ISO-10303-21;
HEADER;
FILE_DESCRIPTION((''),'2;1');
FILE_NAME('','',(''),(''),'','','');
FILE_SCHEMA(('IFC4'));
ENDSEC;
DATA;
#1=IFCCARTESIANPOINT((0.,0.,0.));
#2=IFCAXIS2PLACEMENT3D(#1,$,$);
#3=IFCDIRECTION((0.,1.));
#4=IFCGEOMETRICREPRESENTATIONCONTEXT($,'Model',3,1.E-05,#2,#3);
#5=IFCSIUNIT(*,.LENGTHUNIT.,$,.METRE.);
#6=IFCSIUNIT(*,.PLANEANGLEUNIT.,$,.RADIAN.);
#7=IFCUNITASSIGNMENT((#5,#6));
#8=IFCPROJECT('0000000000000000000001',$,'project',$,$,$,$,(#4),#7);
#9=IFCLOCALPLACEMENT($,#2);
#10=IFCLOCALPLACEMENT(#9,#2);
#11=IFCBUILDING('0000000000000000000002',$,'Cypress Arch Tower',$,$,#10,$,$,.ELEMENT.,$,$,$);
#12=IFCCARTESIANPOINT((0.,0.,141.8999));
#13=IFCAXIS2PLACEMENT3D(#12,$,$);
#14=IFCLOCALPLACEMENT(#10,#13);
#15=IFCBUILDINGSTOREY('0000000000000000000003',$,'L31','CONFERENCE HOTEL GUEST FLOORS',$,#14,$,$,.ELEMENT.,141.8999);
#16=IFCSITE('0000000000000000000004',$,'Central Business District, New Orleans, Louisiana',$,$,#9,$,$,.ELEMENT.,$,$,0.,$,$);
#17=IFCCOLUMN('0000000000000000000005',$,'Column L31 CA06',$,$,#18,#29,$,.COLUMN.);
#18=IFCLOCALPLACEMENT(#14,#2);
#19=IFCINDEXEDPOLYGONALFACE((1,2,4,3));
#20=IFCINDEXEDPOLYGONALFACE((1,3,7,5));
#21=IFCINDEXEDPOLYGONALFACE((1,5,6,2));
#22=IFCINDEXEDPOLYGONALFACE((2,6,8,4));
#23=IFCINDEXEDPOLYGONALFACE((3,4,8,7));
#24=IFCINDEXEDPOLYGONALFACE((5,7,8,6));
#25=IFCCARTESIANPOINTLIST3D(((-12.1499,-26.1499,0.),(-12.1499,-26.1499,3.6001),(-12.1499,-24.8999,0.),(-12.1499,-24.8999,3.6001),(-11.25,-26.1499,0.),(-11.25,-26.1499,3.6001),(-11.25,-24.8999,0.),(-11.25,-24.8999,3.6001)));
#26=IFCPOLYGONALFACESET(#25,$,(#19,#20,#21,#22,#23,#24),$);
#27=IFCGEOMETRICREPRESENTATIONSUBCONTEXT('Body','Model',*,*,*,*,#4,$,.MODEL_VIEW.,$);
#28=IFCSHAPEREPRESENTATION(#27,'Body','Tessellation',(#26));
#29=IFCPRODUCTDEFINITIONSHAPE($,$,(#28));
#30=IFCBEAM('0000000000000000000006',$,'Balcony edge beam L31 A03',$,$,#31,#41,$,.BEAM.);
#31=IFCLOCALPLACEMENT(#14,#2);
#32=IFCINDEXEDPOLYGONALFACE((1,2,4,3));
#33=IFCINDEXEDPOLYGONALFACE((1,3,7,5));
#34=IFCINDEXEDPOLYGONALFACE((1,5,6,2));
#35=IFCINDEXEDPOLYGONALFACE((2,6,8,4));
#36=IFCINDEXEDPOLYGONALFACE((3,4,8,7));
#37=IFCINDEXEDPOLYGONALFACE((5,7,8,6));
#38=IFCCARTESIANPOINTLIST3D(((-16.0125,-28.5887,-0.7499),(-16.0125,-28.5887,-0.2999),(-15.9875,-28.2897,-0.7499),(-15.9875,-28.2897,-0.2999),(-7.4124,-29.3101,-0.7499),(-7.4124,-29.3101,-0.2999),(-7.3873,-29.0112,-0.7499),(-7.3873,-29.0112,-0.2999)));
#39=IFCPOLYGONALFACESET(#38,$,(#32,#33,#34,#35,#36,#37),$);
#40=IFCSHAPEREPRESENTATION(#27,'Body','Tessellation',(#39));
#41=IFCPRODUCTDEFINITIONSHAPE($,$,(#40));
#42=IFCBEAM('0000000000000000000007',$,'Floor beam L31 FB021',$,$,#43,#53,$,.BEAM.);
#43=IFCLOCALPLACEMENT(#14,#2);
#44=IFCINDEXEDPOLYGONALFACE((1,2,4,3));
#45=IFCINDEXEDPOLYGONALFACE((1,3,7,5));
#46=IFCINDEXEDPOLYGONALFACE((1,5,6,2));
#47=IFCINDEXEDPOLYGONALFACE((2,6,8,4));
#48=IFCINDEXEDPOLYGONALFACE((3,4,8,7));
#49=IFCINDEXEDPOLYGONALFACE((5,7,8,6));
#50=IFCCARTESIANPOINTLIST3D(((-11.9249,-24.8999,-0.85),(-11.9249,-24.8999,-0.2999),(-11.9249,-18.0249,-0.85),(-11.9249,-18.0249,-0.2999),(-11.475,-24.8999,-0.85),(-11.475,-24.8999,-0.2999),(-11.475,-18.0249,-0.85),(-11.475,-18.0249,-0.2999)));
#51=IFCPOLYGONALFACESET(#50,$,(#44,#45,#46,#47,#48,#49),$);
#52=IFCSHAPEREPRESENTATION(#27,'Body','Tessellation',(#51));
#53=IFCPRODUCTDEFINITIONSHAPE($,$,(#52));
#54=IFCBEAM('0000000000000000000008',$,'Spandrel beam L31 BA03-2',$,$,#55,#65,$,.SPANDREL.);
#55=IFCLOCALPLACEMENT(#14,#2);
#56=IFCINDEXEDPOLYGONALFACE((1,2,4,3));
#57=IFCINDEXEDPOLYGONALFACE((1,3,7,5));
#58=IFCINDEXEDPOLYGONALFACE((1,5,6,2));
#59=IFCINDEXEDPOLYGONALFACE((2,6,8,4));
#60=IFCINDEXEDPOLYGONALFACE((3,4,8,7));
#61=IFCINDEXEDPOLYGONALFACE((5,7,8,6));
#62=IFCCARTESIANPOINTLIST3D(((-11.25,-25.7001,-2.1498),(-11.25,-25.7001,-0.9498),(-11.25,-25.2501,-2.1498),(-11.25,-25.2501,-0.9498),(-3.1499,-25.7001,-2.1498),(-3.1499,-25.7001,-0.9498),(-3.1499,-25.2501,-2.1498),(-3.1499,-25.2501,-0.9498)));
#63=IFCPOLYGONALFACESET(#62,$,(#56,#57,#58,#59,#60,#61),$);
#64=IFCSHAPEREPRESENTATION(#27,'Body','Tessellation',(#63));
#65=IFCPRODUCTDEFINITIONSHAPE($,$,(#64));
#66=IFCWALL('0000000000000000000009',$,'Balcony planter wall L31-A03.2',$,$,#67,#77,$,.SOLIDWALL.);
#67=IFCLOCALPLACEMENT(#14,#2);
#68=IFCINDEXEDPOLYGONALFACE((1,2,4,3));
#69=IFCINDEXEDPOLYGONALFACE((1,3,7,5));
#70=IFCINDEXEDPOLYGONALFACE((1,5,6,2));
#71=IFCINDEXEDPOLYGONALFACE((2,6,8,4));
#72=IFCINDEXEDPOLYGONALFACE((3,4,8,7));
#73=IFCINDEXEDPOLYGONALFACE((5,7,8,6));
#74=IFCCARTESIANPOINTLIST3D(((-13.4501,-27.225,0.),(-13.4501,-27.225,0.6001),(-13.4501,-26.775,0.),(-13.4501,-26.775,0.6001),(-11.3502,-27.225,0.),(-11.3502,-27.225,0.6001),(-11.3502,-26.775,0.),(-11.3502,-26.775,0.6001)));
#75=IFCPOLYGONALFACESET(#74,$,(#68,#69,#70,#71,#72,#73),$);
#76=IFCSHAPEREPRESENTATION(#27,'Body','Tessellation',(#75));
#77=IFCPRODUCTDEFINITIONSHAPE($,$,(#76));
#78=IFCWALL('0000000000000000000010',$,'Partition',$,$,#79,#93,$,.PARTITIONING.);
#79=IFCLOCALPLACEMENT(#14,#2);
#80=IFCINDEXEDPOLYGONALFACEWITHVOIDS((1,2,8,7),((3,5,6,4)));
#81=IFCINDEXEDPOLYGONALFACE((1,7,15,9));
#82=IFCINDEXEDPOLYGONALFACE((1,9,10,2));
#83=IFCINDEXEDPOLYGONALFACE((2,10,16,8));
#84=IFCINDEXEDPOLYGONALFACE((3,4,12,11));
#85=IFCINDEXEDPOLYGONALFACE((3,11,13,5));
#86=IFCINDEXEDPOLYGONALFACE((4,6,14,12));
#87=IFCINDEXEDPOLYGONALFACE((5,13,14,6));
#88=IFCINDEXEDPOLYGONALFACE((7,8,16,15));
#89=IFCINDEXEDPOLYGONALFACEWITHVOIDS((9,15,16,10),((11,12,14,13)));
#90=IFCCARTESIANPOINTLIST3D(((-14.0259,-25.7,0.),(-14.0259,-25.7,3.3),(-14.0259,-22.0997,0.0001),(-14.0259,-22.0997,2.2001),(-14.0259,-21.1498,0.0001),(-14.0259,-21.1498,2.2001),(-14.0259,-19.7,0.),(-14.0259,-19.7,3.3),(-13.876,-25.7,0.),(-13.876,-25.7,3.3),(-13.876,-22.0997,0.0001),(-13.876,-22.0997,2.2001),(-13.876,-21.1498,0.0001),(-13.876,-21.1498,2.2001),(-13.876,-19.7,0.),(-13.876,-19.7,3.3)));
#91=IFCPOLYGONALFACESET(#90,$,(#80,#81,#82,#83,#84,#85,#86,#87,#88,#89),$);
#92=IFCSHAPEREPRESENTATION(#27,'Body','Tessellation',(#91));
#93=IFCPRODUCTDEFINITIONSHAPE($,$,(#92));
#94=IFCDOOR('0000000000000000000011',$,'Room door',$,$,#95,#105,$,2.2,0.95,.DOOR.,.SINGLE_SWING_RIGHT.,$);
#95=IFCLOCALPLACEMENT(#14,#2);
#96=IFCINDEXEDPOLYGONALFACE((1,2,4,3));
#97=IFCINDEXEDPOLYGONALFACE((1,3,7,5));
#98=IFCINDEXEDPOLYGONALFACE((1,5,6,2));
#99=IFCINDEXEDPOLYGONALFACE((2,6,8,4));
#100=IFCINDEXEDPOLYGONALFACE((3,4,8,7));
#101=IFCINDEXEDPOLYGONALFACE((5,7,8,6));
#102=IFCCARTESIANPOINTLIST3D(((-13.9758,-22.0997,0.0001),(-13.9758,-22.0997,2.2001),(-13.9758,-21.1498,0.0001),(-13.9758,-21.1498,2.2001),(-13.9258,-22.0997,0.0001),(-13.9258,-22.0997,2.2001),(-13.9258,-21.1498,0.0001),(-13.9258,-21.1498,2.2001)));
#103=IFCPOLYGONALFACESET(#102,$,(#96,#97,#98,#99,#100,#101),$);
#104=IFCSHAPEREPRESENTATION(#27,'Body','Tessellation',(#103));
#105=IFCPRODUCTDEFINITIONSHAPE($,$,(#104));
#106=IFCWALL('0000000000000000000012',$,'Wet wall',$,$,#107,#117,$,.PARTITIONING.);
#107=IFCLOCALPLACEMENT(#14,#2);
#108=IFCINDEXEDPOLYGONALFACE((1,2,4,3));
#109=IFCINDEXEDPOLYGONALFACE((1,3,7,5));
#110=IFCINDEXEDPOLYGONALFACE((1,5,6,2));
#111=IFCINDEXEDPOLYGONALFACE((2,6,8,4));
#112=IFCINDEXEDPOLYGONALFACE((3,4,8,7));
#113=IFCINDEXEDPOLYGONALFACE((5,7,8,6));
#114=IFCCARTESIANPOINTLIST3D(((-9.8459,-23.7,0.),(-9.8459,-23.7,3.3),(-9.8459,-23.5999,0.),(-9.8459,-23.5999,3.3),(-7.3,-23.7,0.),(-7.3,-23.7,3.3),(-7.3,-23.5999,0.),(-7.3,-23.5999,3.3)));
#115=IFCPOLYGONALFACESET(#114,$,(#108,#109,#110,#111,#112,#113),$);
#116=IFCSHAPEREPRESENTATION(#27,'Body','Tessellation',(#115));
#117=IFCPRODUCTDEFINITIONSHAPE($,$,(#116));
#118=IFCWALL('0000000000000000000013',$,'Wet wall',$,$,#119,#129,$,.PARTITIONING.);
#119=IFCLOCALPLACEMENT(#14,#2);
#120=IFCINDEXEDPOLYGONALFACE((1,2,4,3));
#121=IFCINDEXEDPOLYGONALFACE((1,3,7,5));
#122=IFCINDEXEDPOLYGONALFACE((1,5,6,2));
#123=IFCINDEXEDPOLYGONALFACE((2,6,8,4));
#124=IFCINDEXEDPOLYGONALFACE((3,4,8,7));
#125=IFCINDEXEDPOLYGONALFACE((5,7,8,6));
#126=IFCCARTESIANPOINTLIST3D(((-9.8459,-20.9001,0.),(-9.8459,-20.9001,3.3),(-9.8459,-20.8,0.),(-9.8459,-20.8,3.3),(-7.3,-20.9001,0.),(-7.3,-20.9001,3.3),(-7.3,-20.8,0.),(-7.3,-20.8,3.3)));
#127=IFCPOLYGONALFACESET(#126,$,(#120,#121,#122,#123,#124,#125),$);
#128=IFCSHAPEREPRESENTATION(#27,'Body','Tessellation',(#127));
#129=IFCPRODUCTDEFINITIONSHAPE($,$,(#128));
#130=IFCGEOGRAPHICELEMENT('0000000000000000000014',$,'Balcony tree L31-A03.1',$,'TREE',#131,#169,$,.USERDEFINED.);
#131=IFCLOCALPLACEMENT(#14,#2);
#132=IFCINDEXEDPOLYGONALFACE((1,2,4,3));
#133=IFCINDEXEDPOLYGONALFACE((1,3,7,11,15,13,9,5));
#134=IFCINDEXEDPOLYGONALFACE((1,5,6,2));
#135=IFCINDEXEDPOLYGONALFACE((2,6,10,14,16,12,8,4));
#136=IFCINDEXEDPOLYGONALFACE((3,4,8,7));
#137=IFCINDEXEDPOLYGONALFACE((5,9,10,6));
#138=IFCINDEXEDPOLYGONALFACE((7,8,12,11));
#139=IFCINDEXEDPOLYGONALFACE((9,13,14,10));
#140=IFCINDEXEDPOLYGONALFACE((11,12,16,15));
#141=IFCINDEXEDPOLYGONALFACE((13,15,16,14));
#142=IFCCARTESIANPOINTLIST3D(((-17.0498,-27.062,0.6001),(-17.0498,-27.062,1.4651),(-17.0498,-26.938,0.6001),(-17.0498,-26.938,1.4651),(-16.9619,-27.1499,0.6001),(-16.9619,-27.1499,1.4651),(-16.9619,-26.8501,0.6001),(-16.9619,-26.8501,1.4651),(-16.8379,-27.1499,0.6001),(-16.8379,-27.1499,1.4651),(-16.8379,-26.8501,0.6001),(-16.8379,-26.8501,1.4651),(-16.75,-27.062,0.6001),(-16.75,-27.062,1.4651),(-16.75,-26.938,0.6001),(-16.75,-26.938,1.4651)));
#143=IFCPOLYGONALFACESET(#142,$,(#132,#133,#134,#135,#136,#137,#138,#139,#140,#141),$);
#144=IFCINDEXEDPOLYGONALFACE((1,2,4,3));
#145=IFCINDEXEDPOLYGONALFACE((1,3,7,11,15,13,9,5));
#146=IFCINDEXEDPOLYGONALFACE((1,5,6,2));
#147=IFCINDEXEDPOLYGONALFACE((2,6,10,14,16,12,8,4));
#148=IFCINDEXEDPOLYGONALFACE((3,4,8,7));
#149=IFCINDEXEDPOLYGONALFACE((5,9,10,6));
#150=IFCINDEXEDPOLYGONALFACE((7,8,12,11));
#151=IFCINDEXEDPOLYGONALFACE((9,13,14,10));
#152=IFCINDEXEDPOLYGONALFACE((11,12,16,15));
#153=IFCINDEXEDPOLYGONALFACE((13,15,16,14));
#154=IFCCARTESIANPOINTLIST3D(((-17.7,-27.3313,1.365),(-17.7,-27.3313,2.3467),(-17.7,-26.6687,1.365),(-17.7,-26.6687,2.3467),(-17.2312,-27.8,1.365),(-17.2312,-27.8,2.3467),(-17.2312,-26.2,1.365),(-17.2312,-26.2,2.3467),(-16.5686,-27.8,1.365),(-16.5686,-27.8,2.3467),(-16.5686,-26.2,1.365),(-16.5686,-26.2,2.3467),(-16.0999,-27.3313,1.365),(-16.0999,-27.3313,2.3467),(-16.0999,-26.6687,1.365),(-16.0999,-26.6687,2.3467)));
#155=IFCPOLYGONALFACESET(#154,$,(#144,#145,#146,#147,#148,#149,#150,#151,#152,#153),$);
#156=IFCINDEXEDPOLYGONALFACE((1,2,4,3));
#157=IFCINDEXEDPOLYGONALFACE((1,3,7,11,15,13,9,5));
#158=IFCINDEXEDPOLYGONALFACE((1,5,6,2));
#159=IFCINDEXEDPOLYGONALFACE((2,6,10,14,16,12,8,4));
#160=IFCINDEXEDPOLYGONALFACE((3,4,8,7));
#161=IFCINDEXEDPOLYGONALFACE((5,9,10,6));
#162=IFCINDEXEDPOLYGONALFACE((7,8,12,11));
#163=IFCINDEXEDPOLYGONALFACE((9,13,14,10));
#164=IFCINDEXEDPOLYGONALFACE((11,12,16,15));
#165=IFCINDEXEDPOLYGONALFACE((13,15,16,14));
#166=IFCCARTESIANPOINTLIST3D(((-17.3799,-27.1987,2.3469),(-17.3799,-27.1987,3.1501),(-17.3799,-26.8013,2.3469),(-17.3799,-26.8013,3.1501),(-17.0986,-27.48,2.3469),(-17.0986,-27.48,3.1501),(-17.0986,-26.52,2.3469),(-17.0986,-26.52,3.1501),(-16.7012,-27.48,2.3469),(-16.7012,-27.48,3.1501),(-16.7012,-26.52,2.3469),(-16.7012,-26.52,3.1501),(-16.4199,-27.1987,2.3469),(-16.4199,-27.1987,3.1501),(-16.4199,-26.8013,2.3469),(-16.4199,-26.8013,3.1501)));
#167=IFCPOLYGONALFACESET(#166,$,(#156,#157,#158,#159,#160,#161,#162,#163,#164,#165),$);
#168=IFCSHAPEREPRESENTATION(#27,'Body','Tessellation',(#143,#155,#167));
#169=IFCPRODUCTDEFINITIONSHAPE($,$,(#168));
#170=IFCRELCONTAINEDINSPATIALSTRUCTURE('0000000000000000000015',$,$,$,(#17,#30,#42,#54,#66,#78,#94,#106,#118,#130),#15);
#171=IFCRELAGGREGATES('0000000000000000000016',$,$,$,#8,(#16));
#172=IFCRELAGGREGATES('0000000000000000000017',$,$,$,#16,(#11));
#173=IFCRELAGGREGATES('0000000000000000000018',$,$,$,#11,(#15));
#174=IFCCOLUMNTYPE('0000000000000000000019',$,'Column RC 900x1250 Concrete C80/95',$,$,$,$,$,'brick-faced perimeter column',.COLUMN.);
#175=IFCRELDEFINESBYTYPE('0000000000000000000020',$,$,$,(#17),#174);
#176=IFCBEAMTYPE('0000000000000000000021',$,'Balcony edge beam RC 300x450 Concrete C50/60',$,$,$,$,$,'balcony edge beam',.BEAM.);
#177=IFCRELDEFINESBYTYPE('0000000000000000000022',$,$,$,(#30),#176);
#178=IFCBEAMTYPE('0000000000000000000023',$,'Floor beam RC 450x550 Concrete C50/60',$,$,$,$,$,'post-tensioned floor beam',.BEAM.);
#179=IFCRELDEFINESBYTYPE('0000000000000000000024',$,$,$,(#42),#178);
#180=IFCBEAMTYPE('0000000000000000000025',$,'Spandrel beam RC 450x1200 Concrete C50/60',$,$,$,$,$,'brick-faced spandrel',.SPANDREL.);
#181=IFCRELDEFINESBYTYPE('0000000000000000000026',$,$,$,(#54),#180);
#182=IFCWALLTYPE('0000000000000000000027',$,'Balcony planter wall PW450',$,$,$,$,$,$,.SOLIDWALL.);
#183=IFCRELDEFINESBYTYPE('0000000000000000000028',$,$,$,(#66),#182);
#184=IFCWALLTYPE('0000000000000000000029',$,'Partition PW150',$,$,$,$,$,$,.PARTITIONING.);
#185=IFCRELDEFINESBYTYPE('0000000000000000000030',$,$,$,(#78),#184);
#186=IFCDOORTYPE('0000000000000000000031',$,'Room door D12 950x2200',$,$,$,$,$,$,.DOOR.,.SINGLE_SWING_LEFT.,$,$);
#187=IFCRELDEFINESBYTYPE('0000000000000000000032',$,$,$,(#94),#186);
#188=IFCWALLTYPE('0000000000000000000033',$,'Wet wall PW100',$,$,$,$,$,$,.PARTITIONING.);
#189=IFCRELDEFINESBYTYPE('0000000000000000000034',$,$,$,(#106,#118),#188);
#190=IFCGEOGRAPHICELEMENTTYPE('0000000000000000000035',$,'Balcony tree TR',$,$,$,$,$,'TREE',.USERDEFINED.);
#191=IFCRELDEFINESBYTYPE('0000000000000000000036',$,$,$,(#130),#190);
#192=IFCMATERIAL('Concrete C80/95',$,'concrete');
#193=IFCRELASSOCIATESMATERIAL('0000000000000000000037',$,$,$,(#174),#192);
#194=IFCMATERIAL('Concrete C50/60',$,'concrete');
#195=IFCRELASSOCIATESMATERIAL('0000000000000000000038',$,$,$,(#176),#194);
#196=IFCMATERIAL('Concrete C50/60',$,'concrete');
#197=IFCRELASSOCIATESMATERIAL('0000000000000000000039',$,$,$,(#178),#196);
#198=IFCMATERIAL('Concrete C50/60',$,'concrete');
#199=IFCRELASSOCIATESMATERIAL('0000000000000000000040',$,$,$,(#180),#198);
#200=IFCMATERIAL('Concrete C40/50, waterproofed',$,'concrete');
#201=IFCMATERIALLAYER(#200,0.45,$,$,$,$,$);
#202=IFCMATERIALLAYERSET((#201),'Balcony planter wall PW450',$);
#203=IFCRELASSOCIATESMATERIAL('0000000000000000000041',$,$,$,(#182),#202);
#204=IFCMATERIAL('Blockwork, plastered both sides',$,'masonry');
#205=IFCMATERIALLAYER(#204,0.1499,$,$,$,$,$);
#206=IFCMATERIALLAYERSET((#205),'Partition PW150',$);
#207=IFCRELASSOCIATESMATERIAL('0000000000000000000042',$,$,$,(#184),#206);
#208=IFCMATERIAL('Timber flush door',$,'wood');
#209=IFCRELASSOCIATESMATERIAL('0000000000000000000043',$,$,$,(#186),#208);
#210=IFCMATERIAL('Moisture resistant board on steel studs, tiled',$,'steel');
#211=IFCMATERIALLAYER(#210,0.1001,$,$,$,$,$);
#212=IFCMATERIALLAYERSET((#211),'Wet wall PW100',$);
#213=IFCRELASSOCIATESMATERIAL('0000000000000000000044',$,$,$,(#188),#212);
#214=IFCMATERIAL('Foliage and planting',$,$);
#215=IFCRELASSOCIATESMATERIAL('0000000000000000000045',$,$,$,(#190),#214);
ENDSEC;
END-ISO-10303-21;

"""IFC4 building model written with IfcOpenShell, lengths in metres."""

from ifc_helpers import new_model, si_unit, direction, frame, frame_2d, origin, origin_2d, place, context, subcontext, project, spatial, polyline, rectangle, outline, extrude, material, layer, layer_set, material_profile, profile_set, type_object, element, fill, save


model = new_model("IFC4")

# Units and contexts
model_context = context("Model", 3, precision=1e-05, world=origin(), true_north=direction((0.0, 1.0)))
body_context = subcontext(model_context, "Body", "Model", "MODEL_VIEW")
ifc_project = project(units=[si_unit("LENGTHUNIT", "METRE"), si_unit("PLANEANGLEUNIT", "RADIAN")], contexts=[model_context])

# Site, building, storey
site_placement = place(None, origin())
site = spatial("IfcSite", under=ifc_project, at=site_placement, Name="Central Business District, New Orleans, Louisiana", CompositionType="ELEMENT", RefElevation=0.0)
building_placement = place(site_placement, origin())
building = spatial("IfcBuilding", under=site, at=building_placement, Name="Cypress Arch Tower", CompositionType="ELEMENT")
storey_placement = place(building_placement, frame((0.0, 0.0, 141.8999)))
storey = spatial("IfcBuildingStorey", under=building, at=storey_placement, Name="L31", Description="CONFERENCE HOTEL GUEST FLOORS", CompositionType="ELEMENT", Elevation=141.8999)

# Column
ifc_material_1 = material(Name="Concrete C80/95", Category="concrete")
ifc_material_profile_1 = material_profile(ifc_material_1, rectangle(XDim=0.8999, YDim=1.25, at=origin_2d()), Name="RC 900x1250")
ifc_profile_set_1 = profile_set([ifc_material_profile_1], Name="Concrete C80/95")
column_type = type_object("IfcColumnType", Name="Column RC 900x1250 Concrete C80/95", ElementType="brick-faced perimeter column", PredefinedType="COLUMN", material=ifc_profile_set_1)
column_placement = place(storey_placement, frame((-11.7, -25.5249, 0.0), z_axis=(0.0, 0.0, 1.0), x_axis=(1.0, 0.0, 0.0)))
element("IfcColumn", 1, at=column_placement, inside=storey, type_object=column_type, Name="Column L31 CA06", PredefinedType="COLUMN", context=body_context, shape_type="SweptSolid", body=[
    extrude(rectangle(XDim=0.8999, YDim=1.25, at=origin_2d()), origin(), (0.0, 0.0, 1.0), 3.6001),
])

# Beams
ifc_material_2 = material(Name="Concrete C50/60", Category="concrete")
ifc_material_profile_2 = material_profile(ifc_material_2, rectangle(XDim=0.3, YDim=0.45, at=origin_2d()), Name="RC 300x450")
ifc_profile_set_2 = profile_set([ifc_material_profile_2], Name="Concrete C50/60")
beam_type_1 = type_object("IfcBeamType", Name="Balcony edge beam RC 300x450 Concrete C50/60", ElementType="balcony edge beam", PredefinedType="BEAM", material=ifc_profile_set_2)
beam_1_placement = place(storey_placement, frame((-16.0, -28.4392, -0.5249), z_axis=(0.9965, -0.083593, 0.0), x_axis=(0.083593, 0.9965, 0.0)))
element("IfcBeam", 2, at=beam_1_placement, inside=storey, type_object=beam_type_1, Name="Balcony edge beam L31 A03", PredefinedType="BEAM", context=body_context, shape_type="SweptSolid", body=[
    extrude(rectangle(XDim=0.3, YDim=0.45, at=origin_2d()), origin(), (0.0, 0.0, 1.0), 8.6304),
])
ifc_material_3 = material(Name="Concrete C50/60", Category="concrete")
ifc_material_profile_3 = material_profile(ifc_material_3, rectangle(XDim=0.45, YDim=0.55, at=origin_2d()), Name="RC 450x550")
ifc_profile_set_3 = profile_set([ifc_material_profile_3], Name="Concrete C50/60")
beam_type_2 = type_object("IfcBeamType", Name="Floor beam RC 450x550 Concrete C50/60", ElementType="post-tensioned floor beam", PredefinedType="BEAM", material=ifc_profile_set_3)
beam_2_placement = place(storey_placement, frame((-11.7, -24.8999, -0.575), z_axis=(0.0, 1.0, 0.0), x_axis=(-1.0, 0.0, 0.0)))
element("IfcBeam", 3, at=beam_2_placement, inside=storey, type_object=beam_type_2, Name="Floor beam L31 FB021", PredefinedType="BEAM", context=body_context, shape_type="SweptSolid", body=[
    extrude(rectangle(XDim=0.45, YDim=0.55, at=origin_2d()), origin(), (0.0, 0.0, 1.0), 6.875),
])
ifc_material_4 = material(Name="Concrete C50/60", Category="concrete")
ifc_material_profile_4 = material_profile(ifc_material_4, rectangle(XDim=0.45, YDim=1.2, at=origin_2d()), Name="RC 450x1200")
ifc_profile_set_4 = profile_set([ifc_material_profile_4], Name="Concrete C50/60")
beam_type_3 = type_object("IfcBeamType", Name="Spandrel beam RC 450x1200 Concrete C50/60", ElementType="brick-faced spandrel", PredefinedType="SPANDREL", material=ifc_profile_set_4)
beam_3_placement = place(storey_placement, frame((-11.25, -25.4751, -1.5498), z_axis=(1.0, 0.0, 0.0), x_axis=(0.0, 1.0, 0.0)))
element("IfcBeam", 4, at=beam_3_placement, inside=storey, type_object=beam_type_3, Name="Spandrel beam L31 BA03-2", PredefinedType="SPANDREL", context=body_context, shape_type="SweptSolid", body=[
    extrude(rectangle(XDim=0.45, YDim=1.2, at=origin_2d()), origin(), (0.0, 0.0, 1.0), 8.1001),
])

# Wall
ifc_material_5 = material(Name="Concrete C40/50, waterproofed", Category="concrete")
ifc_layer_1 = layer(ifc_material_5, 0.45)
ifc_layer_set_1 = layer_set([ifc_layer_1], Name="Balcony planter wall PW450")
wall_type_1 = type_object("IfcWallType", Name="Balcony planter wall PW450", PredefinedType="SOLIDWALL", material=ifc_layer_set_1)
wall_1_placement = place(storey_placement, frame((-13.45, -27.0, 0.0), z_axis=(0.0, 0.0, 1.0), x_axis=(1.0, 0.0, 0.0)))
element("IfcWall", 5, at=wall_1_placement, inside=storey, type_object=wall_type_1, Name="Balcony planter wall L31-A03.2", PredefinedType="SOLIDWALL", context=body_context, shape_type="SweptSolid", body=[
    extrude(rectangle(XDim=2.0999, YDim=0.45, at=frame_2d((1.0498, 0.0))), origin(), (0.0, 0.0, 1.0), 0.6001),
])

# Wall, opening, door
ifc_material_6 = material(Name="Blockwork, plastered both sides", Category="masonry")
ifc_layer_2 = layer(ifc_material_6, 0.1499)
ifc_layer_set_2 = layer_set([ifc_layer_2], Name="Partition PW150")
wall_type_2 = type_object("IfcWallType", Name="Partition PW150", PredefinedType="PARTITIONING", material=ifc_layer_set_2)
wall_2_placement = place(storey_placement, frame((-13.9509, -25.7, 0.0), z_axis=(0.0, 0.0, 1.0), x_axis=(0.0, 1.0, 0.0)))
wall_2 = element("IfcWall", 6, at=wall_2_placement, inside=storey, type_object=wall_type_2, Name="Partition", PredefinedType="PARTITIONING", context=body_context, shape_type="SweptSolid", body=[
    extrude(rectangle(XDim=6.0, YDim=0.1499, at=frame_2d((3.0, 0.0))), origin(), (0.0, 0.0, 1.0), 3.3),
])
opening_1_placement = place(wall_2_placement, frame((3.6001, 0.0, 0.0)))
opening_1 = element("IfcOpeningElement", 7, at=opening_1_placement, cuts=wall_2, PredefinedType="OPENING", context=body_context, shape_type="SweptSolid", body=[
    extrude(rectangle(XDim=0.95, YDim=2.2, at=frame_2d((0.4751, 1.1001))), frame((0.0, 0.085, 0.0), z_axis=(0.0, -1.0, 0.0), x_axis=(1.0, 0.0, 0.0)), (0.0, 0.0, 1.0), 0.1699),
])
ifc_material_7 = material(Name="Timber flush door", Category="wood")
door_type_1 = type_object("IfcDoorType", Name="Room door D12 950x2200", OperationType="SINGLE_SWING_LEFT", PredefinedType="DOOR", material=ifc_material_7)
door_1_placement = place(opening_1_placement, origin())
door_1 = element("IfcDoor", 8, at=door_1_placement, inside=storey, type_object=door_type_1, Name="Room door", OperationType="SINGLE_SWING_RIGHT", OverallHeight=2.2, OverallWidth=0.95, PredefinedType="DOOR", context=body_context, shape_type="SweptSolid", body=[
    extrude(rectangle(XDim=0.95, YDim=2.2, at=frame_2d((0.4751, 1.1001))), frame((0.0, 0.0249, 0.0), z_axis=(0.0, -1.0, 0.0), x_axis=(1.0, 0.0, 0.0)), (0.0, 0.0, 1.0), 0.05),
])
fill(opening_1, door_1)

# Walls
ifc_material_8 = material(Name="Moisture resistant board on steel studs, tiled", Category="steel")
ifc_layer_3 = layer(ifc_material_8, 0.1001)
ifc_layer_set_3 = layer_set([ifc_layer_3], Name="Wet wall PW100")
wall_type_3 = type_object("IfcWallType", Name="Wet wall PW100", PredefinedType="PARTITIONING", material=ifc_layer_set_3)
for number, where, z_axis, x_axis, name in (
    (9, (-9.8459, -23.6499, 0.0), (0.0, 0.0, 1.0), (1.0, 0.0, 0.0), "Wet wall"),
    (10, (-9.8459, -20.8501, 0.0), (0.0, 0.0, 1.0), (1.0, 0.0, 0.0), "Wet wall"),
):
    element("IfcWall", number, at=place(storey_placement, frame(where, z_axis=z_axis, x_axis=x_axis)), inside=storey, type_object=wall_type_3, Name=name, PredefinedType="PARTITIONING", context=body_context, shape_type="SweptSolid", body=[
        extrude(rectangle(XDim=2.5459, YDim=0.1001, at=frame_2d((1.2729, 0.0))), origin(), (0.0, 0.0, 1.0), 3.3),
    ])

# Geographic element
ifc_material_9 = material(Name="Foliage and planting")
geographic_element_type = type_object("IfcGeographicElementType", Name="Balcony tree TR", ElementType="TREE", PredefinedType="USERDEFINED", material=ifc_material_9)
for number, where, z_axis, x_axis, name in (
    (11, (-16.8999, -27.0, 0.6001), (0.0, 0.0, 1.0), (1.0, 0.0, 0.0), "Balcony tree L31-A03.1"),
):
    element("IfcGeographicElement", number, at=place(storey_placement, frame(where, z_axis=z_axis, x_axis=x_axis)), inside=storey, type_object=geographic_element_type, Name=name, ObjectType="TREE", PredefinedType="USERDEFINED", context=body_context, shape_type="SweptSolid", body=[
        extrude(outline(polyline([(0.1499, 0.062), (0.062, 0.1499), (-0.062, 0.1499), (-0.1499, 0.062), (-0.1499, -0.062), (-0.062, -0.1499), (0.062, -0.1499), (0.1499, -0.062), (0.1499, 0.062)])), origin(), (0.0, 0.0, 1.0), 0.865),
        extrude(outline(polyline([(0.8, 0.3313), (0.3313, 0.8), (-0.3313, 0.8), (-0.8, 0.3313), (-0.8, -0.3313), (-0.3313, -0.8), (0.3313, -0.8), (0.8, -0.3313), (0.8, 0.3313)])), frame((0.0, 0.0, 0.7649)), (0.0, 0.0, 1.0), 0.9817),
        extrude(outline(polyline([(0.48, 0.1987), (0.1987, 0.48), (-0.1987, 0.48), (-0.48, 0.1987), (-0.48, -0.1987), (-0.1987, -0.48), (0.1987, -0.48), (0.48, -0.1987), (0.48, 0.1987)])), frame((0.0, 0.0, 1.7468)), (0.0, 0.0, 1.0), 0.8032),
    ])

save(model, "model.ifc")
